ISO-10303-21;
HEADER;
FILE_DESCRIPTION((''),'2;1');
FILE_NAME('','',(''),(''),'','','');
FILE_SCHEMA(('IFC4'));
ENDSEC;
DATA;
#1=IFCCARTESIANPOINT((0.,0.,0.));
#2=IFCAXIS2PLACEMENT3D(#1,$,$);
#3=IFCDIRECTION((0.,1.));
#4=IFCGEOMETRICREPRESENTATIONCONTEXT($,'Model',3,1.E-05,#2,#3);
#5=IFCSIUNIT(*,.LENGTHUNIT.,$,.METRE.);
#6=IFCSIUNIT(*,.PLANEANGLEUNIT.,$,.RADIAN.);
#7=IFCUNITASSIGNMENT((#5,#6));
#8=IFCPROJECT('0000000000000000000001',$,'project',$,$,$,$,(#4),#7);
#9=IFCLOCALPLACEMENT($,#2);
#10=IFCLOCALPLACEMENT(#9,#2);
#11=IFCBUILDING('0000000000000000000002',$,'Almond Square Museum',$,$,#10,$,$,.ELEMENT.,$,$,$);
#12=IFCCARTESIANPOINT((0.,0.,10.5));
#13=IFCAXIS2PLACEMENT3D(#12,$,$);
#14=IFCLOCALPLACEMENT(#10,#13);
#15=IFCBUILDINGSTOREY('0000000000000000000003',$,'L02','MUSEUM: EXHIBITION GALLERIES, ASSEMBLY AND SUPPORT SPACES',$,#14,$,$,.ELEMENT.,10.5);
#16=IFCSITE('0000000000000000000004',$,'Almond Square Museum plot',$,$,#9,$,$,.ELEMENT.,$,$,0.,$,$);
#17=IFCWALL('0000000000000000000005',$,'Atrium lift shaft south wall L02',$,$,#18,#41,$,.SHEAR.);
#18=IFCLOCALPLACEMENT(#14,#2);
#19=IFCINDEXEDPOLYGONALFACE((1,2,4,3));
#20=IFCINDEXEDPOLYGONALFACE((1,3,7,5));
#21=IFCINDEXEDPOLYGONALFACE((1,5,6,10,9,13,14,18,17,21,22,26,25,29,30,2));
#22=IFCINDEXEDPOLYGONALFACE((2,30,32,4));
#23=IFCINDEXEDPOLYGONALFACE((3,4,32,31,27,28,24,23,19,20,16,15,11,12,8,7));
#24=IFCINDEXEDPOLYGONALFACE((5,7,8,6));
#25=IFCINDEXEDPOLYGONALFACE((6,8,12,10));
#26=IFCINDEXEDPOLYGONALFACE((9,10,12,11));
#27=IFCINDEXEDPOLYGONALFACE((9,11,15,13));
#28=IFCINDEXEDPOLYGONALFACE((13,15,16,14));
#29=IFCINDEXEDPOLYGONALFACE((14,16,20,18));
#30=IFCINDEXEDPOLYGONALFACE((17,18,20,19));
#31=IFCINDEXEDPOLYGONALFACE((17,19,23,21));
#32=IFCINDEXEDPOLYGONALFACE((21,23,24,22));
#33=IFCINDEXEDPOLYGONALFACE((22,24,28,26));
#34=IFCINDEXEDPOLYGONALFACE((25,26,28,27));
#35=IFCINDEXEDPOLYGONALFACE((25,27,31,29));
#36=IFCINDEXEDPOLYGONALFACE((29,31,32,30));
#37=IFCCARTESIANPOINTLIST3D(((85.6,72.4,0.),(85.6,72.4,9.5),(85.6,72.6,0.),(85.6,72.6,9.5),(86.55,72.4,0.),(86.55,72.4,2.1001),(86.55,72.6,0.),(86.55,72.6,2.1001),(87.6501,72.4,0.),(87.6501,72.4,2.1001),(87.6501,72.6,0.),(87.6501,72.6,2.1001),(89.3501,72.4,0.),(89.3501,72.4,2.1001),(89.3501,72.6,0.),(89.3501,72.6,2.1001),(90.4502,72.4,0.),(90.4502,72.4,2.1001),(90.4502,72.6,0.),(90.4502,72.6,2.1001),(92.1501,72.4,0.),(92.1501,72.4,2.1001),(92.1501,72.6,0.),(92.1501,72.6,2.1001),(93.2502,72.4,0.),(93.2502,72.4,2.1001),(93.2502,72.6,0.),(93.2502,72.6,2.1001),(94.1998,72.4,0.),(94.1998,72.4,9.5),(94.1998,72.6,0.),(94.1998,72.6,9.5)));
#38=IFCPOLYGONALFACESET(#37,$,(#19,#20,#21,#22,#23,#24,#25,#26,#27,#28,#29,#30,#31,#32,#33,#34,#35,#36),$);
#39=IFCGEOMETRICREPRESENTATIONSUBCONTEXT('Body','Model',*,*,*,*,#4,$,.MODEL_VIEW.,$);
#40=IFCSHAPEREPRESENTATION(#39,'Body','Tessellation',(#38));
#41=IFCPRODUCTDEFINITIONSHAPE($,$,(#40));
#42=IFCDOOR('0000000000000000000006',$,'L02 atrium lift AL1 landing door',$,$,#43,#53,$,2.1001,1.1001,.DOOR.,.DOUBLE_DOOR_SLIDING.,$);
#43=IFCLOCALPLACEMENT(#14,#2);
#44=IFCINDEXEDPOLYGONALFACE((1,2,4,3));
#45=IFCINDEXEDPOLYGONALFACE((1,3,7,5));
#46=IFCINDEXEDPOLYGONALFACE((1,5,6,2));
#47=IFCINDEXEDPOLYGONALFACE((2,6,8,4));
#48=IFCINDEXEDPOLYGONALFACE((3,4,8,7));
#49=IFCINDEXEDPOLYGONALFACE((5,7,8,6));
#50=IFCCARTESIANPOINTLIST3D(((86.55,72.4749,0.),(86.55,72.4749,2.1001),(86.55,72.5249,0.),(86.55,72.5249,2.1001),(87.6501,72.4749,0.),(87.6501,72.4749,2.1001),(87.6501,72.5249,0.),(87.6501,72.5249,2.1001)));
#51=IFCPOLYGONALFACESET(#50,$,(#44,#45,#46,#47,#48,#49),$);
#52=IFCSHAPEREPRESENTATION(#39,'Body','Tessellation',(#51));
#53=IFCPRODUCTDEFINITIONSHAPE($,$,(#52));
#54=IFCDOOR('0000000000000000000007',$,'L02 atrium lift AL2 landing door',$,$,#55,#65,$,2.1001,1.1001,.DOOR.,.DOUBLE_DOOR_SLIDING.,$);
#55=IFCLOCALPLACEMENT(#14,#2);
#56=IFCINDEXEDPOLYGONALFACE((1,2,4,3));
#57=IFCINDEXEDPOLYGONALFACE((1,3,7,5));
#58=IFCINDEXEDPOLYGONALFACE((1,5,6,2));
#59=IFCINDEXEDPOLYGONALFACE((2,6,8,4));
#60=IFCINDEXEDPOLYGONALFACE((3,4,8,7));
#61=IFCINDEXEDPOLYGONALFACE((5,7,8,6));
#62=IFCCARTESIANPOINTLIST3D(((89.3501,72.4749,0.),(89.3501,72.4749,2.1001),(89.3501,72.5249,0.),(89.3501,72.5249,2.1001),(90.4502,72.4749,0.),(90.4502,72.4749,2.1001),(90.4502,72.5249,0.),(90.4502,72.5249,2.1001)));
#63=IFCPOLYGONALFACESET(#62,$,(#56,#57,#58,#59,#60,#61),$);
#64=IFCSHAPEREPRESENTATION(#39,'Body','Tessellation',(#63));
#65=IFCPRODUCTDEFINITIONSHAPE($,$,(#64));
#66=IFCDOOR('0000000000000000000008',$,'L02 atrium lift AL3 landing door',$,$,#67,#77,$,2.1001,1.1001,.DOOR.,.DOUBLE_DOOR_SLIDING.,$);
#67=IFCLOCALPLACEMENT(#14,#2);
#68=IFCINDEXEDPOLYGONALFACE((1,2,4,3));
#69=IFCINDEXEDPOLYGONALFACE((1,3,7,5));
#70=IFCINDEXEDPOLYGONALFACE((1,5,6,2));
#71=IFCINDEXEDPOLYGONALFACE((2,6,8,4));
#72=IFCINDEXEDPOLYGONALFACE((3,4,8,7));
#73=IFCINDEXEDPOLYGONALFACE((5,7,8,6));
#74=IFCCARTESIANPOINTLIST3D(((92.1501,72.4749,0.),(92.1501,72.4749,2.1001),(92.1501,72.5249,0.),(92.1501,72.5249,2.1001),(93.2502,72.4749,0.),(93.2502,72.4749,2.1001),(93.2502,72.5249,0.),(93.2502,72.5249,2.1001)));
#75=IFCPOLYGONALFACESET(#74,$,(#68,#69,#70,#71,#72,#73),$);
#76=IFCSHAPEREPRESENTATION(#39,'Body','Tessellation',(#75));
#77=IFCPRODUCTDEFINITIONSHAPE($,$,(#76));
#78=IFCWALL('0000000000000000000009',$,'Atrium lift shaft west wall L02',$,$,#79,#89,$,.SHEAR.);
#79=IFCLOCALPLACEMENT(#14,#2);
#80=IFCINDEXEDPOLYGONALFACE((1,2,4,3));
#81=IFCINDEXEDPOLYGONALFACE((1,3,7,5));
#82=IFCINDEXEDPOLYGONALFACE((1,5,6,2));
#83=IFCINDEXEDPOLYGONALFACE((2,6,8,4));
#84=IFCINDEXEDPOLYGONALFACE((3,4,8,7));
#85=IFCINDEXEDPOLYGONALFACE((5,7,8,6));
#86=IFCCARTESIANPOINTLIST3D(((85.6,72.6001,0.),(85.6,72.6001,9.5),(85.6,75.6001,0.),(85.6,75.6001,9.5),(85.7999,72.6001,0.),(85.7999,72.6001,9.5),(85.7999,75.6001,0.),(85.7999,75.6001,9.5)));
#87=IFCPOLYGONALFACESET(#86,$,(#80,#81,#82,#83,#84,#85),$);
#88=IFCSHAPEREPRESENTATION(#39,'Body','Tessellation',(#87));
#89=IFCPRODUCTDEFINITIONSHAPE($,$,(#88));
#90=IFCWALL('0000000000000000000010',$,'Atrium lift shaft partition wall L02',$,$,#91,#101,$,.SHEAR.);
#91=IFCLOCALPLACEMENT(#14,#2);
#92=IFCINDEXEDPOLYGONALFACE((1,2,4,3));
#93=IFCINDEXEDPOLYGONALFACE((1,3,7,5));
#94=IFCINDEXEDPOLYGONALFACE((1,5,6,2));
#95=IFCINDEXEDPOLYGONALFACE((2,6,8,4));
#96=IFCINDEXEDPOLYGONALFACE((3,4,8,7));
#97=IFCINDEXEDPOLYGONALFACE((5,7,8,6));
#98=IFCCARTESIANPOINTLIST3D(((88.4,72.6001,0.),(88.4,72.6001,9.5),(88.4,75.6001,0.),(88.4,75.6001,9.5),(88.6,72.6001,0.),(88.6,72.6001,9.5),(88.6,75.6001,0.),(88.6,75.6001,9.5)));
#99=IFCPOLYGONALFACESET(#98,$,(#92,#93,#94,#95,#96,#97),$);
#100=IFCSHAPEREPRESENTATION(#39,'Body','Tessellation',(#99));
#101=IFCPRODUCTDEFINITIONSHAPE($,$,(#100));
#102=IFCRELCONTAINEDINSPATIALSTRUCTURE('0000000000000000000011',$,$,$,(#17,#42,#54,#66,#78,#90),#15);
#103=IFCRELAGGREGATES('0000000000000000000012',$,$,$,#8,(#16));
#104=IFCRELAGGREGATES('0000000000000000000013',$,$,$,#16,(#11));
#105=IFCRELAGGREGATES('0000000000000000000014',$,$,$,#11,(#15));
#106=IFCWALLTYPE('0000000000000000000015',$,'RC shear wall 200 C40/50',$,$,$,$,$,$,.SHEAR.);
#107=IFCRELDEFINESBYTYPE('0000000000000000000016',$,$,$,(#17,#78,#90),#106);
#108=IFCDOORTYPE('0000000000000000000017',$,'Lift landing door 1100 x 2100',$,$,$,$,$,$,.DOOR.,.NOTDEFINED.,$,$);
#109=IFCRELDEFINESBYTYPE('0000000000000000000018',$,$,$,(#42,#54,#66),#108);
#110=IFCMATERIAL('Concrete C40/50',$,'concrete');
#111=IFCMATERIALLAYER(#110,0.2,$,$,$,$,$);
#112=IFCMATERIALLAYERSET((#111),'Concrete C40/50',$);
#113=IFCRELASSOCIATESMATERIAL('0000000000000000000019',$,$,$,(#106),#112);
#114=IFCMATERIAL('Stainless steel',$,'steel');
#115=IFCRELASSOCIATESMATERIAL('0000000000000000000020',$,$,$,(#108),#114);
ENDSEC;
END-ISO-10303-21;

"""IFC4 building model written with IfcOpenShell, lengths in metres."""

from ifc_helpers import new_model, si_unit, direction, frame, frame_2d, origin, place, context, subcontext, project, spatial, rectangle, extrude, material, layer, layer_set, type_object, element, fill, save


model = new_model("IFC4")

# Units and contexts
model_context = context("Model", 3, precision=1e-05, world=origin(), true_north=direction((0.0, 1.0)))
body_context = subcontext(model_context, "Body", "Model", "MODEL_VIEW")
ifc_project = project(units=[si_unit("LENGTHUNIT", "METRE"), si_unit("PLANEANGLEUNIT", "RADIAN")], contexts=[model_context])

# Site, building, storey
site_placement = place(None, origin())
site = spatial("IfcSite", under=ifc_project, at=site_placement, Name="Almond Square Museum plot", CompositionType="ELEMENT", RefElevation=0.0)
building_placement = place(site_placement, origin())
building = spatial("IfcBuilding", under=site, at=building_placement, Name="Almond Square Museum", CompositionType="ELEMENT")
storey_placement = place(building_placement, frame((0.0, 0.0, 10.5)))
storey = spatial("IfcBuildingStorey", under=building, at=storey_placement, Name="L02", Description="MUSEUM: EXHIBITION GALLERIES, ASSEMBLY AND SUPPORT SPACES", CompositionType="ELEMENT", Elevation=10.5)

# Wall, openings, doors
ifc_material_1 = material(Name="Concrete C40/50", Category="concrete")
ifc_layer_1 = layer(ifc_material_1, 0.2)
ifc_layer_set_1 = layer_set([ifc_layer_1], Name="Concrete C40/50")
wall_type = type_object("IfcWallType", Name="RC shear wall 200 C40/50", PredefinedType="SHEAR", material=ifc_layer_set_1)
wall_placement = place(storey_placement, frame((85.6001, 72.5, 0.0), z_axis=(0.0, 0.0, 1.0), x_axis=(1.0, 0.0, 0.0)))
wall = element("IfcWall", 1, at=wall_placement, inside=storey, type_object=wall_type, Name="Atrium lift shaft south wall L02", PredefinedType="SHEAR", context=body_context, shape_type="SweptSolid", body=[
    extrude(rectangle(XDim=8.5999, YDim=0.2, at=frame_2d((4.2998, 0.0))), origin(), (0.0, 0.0, 1.0), 9.5),
])
opening_1_placement = place(wall_placement, frame((0.95, 0.0, 0.0)))
opening_1 = element("IfcOpeningElement", 2, at=opening_1_placement, cuts=wall, PredefinedType="OPENING", context=body_context, shape_type="SweptSolid", body=[
    extrude(rectangle(XDim=1.1001, YDim=2.1001, at=frame_2d((0.55, 1.05))), frame((0.0, 0.1099, 0.0), z_axis=(0.0, -1.0, 0.0), x_axis=(1.0, 0.0, 0.0)), (0.0, 0.0, 1.0), 0.22),
])
opening_2_placement = place(wall_placement, frame((3.75, 0.0, 0.0)))
opening_2 = element("IfcOpeningElement", 3, at=opening_2_placement, cuts=wall, PredefinedType="OPENING", context=body_context, shape_type="SweptSolid", body=[
    extrude(rectangle(XDim=1.1001, YDim=2.1001, at=frame_2d((0.55, 1.05))), frame((0.0, 0.1099, 0.0), z_axis=(0.0, -1.0, 0.0), x_axis=(1.0, 0.0, 0.0)), (0.0, 0.0, 1.0), 0.22),
])
opening_3_placement = place(wall_placement, frame((6.55, 0.0, 0.0)))
opening_3 = element("IfcOpeningElement", 4, at=opening_3_placement, cuts=wall, PredefinedType="OPENING", context=body_context, shape_type="SweptSolid", body=[
    extrude(rectangle(XDim=1.1001, YDim=2.1001, at=frame_2d((0.55, 1.05))), frame((0.0, 0.1099, 0.0), z_axis=(0.0, -1.0, 0.0), x_axis=(1.0, 0.0, 0.0)), (0.0, 0.0, 1.0), 0.22),
])
ifc_material_2 = material(Name="Stainless steel", Category="steel")
door_type = type_object("IfcDoorType", Name="Lift landing door 1100 x 2100", OperationType="NOTDEFINED", PredefinedType="DOOR", material=ifc_material_2)
door_1_placement = place(opening_1_placement, origin())
door_1 = element("IfcDoor", 5, at=door_1_placement, inside=storey, type_object=door_type, Name="L02 atrium lift AL1 landing door", OperationType="DOUBLE_DOOR_SLIDING", OverallHeight=2.1001, OverallWidth=1.1001, PredefinedType="DOOR", context=body_context, shape_type="SweptSolid", body=[
    extrude(rectangle(XDim=1.1001, YDim=2.1001, at=frame_2d((0.55, 1.05))), frame((0.0, 0.0249, 0.0), z_axis=(0.0, -1.0, 0.0), x_axis=(1.0, 0.0, 0.0)), (0.0, 0.0, 1.0), 0.05),
])
fill(opening_1, door_1)
door_2_placement = place(opening_2_placement, origin())
door_2 = element("IfcDoor", 6, at=door_2_placement, inside=storey, type_object=door_type, Name="L02 atrium lift AL2 landing door", OperationType="DOUBLE_DOOR_SLIDING", OverallHeight=2.1001, OverallWidth=1.1001, PredefinedType="DOOR", context=body_context, shape_type="SweptSolid", body=[
    extrude(rectangle(XDim=1.1001, YDim=2.1001, at=frame_2d((0.55, 1.05))), frame((0.0, 0.0249, 0.0), z_axis=(0.0, -1.0, 0.0), x_axis=(1.0, 0.0, 0.0)), (0.0, 0.0, 1.0), 0.05),
])
fill(opening_2, door_2)
door_3_placement = place(opening_3_placement, origin())
door_3 = element("IfcDoor", 7, at=door_3_placement, inside=storey, type_object=door_type, Name="L02 atrium lift AL3 landing door", OperationType="DOUBLE_DOOR_SLIDING", OverallHeight=2.1001, OverallWidth=1.1001, PredefinedType="DOOR", context=body_context, shape_type="SweptSolid", body=[
    extrude(rectangle(XDim=1.1001, YDim=2.1001, at=frame_2d((0.55, 1.05))), frame((0.0, 0.0249, 0.0), z_axis=(0.0, -1.0, 0.0), x_axis=(1.0, 0.0, 0.0)), (0.0, 0.0, 1.0), 0.05),
])
fill(opening_3, door_3)

# Walls
for number, where, z_axis, x_axis, name in (
    (8, (85.7, 72.6001, 0.0), (0.0, 0.0, 1.0), (0.0, 1.0, 0.0), "Atrium lift shaft west wall L02"),
    (9, (88.5, 72.6001, 0.0), (0.0, 0.0, 1.0), (0.0, 1.0, 0.0), "Atrium lift shaft partition wall L02"),
):
    element("IfcWall", number, at=place(storey_placement, frame(where, z_axis=z_axis, x_axis=x_axis)), inside=storey, type_object=wall_type, Name=name, PredefinedType="SHEAR", context=body_context, shape_type="SweptSolid", body=[
        extrude(rectangle(XDim=3.0, YDim=0.2, at=frame_2d((1.5, 0.0))), origin(), (0.0, 0.0, 1.0), 9.5),
    ])

save(model, "model.ifc")
